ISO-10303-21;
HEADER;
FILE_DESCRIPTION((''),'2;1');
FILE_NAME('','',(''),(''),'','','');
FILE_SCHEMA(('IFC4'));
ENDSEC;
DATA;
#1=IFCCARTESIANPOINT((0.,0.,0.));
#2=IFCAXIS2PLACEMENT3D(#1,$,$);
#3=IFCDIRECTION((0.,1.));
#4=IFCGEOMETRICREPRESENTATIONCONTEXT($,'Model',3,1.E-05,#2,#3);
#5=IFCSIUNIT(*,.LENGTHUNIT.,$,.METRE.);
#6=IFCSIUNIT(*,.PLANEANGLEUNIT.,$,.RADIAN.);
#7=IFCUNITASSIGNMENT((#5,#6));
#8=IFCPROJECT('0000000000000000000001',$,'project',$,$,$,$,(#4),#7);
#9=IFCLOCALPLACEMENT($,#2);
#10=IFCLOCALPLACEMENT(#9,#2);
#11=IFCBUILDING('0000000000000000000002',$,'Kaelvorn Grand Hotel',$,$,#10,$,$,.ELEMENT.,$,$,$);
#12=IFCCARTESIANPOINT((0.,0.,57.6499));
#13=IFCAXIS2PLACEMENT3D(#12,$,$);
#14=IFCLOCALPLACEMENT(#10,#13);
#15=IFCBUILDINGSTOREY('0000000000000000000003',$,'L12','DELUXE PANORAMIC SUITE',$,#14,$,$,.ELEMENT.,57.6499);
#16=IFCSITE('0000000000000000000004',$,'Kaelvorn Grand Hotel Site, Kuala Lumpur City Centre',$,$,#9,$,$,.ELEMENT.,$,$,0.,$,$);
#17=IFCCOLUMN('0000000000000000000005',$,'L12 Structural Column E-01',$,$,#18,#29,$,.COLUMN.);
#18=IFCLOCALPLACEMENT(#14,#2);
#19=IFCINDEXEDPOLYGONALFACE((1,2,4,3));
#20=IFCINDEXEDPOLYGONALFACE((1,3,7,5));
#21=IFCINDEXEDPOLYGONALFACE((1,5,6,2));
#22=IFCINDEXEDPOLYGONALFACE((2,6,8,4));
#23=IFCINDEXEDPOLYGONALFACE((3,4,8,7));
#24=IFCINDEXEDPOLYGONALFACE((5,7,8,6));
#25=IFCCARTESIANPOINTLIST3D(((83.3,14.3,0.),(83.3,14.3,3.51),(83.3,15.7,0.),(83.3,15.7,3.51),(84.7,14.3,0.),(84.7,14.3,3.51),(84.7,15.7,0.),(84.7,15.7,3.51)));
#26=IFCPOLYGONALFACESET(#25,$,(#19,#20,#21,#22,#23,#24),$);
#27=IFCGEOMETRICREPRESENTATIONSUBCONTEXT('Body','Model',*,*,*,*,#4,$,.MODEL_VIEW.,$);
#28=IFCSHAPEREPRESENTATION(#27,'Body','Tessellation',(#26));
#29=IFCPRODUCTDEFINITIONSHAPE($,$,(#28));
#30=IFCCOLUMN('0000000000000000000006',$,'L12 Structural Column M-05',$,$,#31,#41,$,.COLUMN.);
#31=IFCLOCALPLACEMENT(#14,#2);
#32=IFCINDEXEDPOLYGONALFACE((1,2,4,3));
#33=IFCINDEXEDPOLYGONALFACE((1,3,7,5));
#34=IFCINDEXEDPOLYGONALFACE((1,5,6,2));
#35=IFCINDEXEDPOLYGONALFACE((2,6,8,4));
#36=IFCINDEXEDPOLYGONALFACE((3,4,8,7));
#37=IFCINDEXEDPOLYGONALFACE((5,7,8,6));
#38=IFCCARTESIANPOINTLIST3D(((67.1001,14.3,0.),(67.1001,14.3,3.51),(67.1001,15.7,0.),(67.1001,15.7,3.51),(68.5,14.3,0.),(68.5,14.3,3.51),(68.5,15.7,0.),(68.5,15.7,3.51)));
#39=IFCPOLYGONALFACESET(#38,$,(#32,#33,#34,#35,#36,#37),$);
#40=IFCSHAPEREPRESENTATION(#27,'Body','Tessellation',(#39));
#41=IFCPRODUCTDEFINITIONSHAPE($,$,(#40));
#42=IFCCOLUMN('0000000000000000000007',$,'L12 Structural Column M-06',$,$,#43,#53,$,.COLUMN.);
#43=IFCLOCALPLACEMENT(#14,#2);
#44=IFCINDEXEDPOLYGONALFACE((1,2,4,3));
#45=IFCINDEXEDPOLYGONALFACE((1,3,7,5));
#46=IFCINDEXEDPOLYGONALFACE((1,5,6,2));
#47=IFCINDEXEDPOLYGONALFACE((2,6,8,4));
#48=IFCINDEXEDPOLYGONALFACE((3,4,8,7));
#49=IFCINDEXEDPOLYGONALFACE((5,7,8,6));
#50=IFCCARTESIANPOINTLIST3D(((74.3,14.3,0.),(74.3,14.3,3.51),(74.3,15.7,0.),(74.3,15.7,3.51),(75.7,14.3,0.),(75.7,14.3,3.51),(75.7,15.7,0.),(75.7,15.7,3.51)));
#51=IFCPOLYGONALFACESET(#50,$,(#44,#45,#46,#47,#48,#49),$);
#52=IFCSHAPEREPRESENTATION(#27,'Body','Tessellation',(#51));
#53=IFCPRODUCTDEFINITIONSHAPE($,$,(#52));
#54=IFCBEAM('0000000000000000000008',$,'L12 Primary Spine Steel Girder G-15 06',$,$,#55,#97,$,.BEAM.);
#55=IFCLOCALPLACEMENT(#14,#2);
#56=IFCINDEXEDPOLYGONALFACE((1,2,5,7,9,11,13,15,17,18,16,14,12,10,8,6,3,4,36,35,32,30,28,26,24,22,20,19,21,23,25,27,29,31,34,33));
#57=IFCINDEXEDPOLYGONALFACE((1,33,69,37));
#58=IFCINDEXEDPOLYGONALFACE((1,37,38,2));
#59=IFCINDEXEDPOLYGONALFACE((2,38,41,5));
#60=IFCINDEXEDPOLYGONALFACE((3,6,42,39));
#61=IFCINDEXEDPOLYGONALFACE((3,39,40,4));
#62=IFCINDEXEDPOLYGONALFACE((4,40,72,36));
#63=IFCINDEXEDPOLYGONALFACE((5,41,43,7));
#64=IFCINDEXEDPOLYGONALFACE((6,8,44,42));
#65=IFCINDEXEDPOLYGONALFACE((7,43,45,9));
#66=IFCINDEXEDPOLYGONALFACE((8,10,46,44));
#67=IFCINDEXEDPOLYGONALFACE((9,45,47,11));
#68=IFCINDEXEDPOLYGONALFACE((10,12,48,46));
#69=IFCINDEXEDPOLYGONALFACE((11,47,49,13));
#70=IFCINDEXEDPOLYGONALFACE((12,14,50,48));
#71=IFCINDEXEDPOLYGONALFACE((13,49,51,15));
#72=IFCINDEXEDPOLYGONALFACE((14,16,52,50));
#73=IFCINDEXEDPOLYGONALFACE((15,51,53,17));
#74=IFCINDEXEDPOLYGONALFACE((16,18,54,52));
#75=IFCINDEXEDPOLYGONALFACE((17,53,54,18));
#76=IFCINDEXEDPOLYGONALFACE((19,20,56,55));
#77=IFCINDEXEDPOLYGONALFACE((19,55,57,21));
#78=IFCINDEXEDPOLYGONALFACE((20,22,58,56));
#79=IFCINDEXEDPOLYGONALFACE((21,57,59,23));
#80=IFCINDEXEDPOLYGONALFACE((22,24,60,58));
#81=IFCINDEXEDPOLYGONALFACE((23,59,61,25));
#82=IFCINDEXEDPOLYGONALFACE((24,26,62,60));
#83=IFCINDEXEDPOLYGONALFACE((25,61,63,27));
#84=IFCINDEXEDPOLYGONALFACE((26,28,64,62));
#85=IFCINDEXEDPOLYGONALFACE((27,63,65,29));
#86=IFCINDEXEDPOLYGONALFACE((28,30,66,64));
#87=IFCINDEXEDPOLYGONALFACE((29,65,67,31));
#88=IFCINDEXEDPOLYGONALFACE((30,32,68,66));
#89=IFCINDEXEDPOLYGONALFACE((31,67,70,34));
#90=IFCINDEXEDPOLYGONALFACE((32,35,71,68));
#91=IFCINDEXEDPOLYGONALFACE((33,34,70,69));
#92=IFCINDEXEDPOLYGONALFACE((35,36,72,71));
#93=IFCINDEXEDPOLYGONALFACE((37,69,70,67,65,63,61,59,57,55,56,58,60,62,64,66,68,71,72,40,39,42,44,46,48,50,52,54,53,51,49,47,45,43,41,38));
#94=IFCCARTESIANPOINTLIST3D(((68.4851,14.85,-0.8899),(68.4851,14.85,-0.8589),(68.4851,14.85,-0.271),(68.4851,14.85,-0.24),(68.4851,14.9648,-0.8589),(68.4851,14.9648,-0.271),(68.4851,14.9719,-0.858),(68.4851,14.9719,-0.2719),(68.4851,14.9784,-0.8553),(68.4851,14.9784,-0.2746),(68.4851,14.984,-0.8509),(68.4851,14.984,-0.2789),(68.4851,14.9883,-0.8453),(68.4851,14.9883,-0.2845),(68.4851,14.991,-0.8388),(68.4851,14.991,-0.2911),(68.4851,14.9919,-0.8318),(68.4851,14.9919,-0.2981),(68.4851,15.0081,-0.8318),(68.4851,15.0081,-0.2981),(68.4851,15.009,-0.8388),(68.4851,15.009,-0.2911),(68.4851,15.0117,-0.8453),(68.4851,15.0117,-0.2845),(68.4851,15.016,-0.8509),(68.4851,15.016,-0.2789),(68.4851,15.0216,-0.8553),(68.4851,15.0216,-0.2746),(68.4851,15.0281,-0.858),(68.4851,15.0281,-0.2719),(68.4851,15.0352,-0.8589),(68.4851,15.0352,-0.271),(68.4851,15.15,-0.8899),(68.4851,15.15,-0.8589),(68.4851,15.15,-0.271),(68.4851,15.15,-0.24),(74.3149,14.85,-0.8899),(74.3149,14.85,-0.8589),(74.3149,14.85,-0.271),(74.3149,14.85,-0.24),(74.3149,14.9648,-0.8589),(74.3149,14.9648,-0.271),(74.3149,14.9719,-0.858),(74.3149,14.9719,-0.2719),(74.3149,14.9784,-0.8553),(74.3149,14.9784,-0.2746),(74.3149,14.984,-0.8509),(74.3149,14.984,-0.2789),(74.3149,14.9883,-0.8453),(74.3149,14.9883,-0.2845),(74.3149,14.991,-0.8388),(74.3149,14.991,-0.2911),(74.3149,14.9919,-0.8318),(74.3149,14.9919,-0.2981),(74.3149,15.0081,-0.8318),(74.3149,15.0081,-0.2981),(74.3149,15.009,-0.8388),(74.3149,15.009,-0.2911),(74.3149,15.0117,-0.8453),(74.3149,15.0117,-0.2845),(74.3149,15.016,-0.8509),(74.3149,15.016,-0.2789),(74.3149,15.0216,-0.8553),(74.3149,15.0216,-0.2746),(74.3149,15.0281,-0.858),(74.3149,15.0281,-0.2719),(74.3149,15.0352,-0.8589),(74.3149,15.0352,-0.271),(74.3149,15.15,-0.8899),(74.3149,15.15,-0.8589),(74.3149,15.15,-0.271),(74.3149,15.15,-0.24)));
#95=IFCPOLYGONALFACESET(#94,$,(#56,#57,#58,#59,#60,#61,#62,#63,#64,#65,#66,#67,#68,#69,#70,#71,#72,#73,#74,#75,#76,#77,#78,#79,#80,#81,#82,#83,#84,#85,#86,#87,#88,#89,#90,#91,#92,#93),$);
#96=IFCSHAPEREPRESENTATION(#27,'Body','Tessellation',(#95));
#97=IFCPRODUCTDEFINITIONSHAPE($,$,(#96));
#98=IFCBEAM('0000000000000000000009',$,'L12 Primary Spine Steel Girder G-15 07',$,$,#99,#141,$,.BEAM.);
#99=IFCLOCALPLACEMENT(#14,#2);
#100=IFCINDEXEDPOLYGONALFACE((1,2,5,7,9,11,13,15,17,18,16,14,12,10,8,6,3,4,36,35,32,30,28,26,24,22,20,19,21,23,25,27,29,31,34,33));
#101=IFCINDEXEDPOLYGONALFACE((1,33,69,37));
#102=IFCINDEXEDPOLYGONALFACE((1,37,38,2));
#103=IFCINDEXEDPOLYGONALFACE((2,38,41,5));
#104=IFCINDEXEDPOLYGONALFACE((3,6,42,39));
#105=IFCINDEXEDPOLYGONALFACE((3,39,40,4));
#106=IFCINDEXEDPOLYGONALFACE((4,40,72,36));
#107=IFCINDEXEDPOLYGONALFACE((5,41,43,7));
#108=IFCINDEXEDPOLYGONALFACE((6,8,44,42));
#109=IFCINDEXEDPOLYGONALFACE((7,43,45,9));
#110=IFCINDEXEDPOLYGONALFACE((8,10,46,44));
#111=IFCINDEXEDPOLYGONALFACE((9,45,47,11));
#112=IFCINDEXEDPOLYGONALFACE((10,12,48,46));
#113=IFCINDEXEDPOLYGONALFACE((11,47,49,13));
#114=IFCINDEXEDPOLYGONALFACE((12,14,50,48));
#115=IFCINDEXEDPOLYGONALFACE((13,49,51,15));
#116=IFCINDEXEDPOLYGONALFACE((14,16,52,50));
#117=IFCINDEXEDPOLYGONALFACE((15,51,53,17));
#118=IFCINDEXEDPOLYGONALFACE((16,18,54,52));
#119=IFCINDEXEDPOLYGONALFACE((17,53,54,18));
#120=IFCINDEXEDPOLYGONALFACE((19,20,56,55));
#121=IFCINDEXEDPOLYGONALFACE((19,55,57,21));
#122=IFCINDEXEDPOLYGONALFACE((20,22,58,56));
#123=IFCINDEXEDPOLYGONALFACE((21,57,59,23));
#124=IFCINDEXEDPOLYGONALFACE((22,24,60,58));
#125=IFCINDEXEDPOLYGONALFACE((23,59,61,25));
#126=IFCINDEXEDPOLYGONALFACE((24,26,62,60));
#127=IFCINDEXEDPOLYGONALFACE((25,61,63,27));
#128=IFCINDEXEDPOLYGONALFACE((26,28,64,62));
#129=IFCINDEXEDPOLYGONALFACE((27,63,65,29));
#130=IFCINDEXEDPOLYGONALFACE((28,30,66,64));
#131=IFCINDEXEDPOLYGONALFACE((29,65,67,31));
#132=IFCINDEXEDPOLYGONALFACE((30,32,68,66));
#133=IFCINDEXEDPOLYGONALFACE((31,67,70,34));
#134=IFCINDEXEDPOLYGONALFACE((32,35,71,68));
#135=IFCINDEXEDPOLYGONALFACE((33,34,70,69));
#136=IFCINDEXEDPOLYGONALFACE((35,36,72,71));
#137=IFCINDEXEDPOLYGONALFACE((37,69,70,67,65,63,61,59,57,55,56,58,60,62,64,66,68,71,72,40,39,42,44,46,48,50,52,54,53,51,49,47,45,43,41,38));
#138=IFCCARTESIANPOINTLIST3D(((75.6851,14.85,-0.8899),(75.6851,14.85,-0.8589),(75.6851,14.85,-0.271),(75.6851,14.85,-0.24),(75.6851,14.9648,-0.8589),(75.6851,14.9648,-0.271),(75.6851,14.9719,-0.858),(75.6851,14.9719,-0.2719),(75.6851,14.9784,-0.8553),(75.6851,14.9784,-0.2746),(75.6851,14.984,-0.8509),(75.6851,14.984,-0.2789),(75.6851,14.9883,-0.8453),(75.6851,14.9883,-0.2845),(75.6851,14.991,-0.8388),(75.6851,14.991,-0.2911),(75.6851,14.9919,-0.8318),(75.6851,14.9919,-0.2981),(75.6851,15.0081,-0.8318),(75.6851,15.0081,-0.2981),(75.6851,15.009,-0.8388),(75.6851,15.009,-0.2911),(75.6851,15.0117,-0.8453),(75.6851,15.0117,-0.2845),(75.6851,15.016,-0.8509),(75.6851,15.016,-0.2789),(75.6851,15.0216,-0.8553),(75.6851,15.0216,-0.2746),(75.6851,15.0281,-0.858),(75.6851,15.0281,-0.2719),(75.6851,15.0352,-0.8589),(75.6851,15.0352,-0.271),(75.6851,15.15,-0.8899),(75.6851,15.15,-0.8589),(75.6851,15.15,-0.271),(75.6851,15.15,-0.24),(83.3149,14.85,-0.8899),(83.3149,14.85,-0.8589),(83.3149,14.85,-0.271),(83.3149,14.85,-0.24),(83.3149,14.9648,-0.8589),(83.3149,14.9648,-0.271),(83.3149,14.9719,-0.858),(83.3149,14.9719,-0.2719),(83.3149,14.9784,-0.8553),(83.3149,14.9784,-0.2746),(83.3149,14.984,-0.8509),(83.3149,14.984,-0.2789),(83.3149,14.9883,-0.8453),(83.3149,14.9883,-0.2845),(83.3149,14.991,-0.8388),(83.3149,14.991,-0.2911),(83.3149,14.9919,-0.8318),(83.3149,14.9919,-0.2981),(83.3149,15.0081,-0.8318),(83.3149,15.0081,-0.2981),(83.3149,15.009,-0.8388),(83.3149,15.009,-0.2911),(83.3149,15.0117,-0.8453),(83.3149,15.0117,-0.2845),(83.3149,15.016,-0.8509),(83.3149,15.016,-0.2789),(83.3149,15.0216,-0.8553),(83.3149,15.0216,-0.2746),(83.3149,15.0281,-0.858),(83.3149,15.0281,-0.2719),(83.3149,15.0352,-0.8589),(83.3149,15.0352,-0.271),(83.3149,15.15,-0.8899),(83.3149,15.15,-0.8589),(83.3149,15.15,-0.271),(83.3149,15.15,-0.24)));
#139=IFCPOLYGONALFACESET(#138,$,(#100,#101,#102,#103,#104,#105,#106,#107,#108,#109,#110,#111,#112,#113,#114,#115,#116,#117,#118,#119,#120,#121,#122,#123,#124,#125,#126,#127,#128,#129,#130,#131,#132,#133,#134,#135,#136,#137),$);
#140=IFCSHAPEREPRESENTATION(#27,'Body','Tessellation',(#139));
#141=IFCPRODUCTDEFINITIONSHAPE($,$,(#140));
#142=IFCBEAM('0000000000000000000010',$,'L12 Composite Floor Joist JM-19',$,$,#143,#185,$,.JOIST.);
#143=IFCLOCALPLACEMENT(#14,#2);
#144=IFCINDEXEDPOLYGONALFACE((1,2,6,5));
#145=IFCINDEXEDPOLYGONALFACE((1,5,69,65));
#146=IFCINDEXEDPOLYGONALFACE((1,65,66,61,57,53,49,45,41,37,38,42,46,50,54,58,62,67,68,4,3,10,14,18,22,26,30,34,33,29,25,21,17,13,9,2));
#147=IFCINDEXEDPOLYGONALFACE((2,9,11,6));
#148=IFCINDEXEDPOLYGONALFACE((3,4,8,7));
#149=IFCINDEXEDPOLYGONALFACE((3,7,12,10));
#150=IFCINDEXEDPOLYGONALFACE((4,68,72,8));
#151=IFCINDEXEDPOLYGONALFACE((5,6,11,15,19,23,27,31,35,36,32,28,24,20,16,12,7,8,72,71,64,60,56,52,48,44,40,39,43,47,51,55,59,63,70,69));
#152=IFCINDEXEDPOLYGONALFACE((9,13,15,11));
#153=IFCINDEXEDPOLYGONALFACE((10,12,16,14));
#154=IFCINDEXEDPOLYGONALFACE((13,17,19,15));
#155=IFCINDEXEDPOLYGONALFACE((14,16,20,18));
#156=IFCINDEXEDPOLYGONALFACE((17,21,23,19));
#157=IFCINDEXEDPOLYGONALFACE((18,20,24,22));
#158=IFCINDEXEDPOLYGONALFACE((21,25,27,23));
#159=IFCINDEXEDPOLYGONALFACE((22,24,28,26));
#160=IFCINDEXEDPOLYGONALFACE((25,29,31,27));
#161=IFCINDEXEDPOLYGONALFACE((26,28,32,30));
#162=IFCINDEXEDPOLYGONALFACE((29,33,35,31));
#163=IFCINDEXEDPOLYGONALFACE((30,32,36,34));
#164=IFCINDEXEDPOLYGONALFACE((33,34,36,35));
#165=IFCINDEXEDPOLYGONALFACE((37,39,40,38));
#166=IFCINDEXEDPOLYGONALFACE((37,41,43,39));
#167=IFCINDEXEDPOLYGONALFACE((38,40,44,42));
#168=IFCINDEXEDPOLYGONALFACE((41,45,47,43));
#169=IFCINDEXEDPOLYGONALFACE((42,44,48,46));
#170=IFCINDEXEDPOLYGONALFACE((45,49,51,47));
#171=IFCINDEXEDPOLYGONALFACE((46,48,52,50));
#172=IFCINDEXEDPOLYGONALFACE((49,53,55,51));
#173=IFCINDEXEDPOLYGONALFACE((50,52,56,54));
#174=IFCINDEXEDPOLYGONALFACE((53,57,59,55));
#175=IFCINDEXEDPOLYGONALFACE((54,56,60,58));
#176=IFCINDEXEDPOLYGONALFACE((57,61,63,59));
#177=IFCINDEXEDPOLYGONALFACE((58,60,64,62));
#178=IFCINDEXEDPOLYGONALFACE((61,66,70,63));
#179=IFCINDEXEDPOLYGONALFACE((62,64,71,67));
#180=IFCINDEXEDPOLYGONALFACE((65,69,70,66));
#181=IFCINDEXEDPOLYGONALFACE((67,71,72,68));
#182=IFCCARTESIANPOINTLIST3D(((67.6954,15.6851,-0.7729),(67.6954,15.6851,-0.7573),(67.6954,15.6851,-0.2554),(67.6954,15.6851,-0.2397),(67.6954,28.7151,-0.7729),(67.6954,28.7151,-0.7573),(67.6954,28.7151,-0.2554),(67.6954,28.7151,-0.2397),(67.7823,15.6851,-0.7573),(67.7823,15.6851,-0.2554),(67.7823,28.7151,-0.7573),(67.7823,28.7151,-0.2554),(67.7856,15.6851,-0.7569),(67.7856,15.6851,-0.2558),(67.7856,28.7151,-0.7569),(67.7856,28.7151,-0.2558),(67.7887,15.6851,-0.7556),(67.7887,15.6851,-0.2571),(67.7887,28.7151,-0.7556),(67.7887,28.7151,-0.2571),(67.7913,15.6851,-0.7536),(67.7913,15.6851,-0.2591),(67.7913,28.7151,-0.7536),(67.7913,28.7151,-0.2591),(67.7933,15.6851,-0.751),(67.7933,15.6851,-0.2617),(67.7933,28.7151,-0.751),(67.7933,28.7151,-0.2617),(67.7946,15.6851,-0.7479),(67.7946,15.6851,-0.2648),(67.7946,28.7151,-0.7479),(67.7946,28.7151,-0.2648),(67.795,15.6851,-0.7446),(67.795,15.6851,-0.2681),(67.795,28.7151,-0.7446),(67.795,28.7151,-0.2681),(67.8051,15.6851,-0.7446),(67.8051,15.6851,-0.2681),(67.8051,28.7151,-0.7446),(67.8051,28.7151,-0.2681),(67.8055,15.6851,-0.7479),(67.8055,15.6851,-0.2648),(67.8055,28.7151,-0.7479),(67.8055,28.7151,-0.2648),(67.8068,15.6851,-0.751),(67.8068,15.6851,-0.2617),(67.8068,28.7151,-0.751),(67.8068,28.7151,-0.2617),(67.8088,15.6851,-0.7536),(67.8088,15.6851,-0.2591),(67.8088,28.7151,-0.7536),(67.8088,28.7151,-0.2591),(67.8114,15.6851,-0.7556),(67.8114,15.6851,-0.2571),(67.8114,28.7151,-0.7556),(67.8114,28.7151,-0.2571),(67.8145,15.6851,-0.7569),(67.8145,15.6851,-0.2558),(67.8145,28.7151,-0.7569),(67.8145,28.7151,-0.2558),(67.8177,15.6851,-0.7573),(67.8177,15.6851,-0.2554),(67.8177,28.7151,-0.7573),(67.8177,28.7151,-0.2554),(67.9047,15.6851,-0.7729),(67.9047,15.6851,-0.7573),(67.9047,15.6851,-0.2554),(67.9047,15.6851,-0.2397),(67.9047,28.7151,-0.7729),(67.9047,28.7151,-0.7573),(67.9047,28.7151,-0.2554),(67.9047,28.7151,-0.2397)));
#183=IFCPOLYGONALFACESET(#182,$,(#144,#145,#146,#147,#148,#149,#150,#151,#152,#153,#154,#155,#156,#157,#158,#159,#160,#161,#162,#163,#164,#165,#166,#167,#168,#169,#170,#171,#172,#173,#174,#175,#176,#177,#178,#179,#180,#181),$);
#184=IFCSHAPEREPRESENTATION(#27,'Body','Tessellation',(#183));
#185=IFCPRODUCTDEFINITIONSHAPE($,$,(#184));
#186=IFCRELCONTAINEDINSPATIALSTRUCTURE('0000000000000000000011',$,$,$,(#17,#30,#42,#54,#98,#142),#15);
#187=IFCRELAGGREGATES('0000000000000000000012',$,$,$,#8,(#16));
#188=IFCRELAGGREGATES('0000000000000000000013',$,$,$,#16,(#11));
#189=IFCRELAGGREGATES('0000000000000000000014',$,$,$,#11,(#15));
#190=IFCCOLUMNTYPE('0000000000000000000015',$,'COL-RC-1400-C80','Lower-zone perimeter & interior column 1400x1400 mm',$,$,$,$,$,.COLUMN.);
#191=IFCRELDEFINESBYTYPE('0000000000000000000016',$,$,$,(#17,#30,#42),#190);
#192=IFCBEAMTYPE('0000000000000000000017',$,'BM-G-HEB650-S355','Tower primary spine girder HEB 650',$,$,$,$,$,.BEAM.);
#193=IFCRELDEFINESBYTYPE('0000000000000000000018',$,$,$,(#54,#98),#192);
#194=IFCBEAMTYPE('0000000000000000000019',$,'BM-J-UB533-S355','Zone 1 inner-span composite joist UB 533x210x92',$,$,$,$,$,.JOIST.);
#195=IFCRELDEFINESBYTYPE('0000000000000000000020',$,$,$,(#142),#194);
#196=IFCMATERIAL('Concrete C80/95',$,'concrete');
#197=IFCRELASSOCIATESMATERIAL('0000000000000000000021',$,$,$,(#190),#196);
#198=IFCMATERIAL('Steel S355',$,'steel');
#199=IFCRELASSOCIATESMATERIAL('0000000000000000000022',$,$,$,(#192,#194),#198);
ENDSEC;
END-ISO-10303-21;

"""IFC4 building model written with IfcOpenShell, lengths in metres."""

from ifc_helpers import new_model, si_unit, direction, frame, origin, origin_2d, place, context, subcontext, project, spatial, rectangle, i_section, extrude, material, material_profile, profile_set, type_object, element, save


model = new_model("IFC4")

# Units and contexts
model_context = context("Model", 3, precision=1e-05, world=origin(), true_north=direction((0.0, 1.0)))
body_context = subcontext(model_context, "Body", "Model", "MODEL_VIEW")
ifc_project = project(units=[si_unit("LENGTHUNIT", "METRE"), si_unit("PLANEANGLEUNIT", "RADIAN")], contexts=[model_context])

# Site, building, storey
site_placement = place(None, origin())
site = spatial("IfcSite", under=ifc_project, at=site_placement, Name="Kaelvorn Grand Hotel Site, Kuala Lumpur City Centre", CompositionType="ELEMENT", RefElevation=0.0)
building_placement = place(site_placement, origin())
building = spatial("IfcBuilding", under=site, at=building_placement, Name="Kaelvorn Grand Hotel", CompositionType="ELEMENT")
storey_placement = place(building_placement, frame((0.0, 0.0, 57.6499)))
storey = spatial("IfcBuildingStorey", under=building, at=storey_placement, Name="L12", Description="DELUXE PANORAMIC SUITE", CompositionType="ELEMENT", Elevation=57.6499)

# Columns
ifc_material_1 = material(Name="Concrete C80/95", Category="concrete")
ifc_material_profile_1 = material_profile(ifc_material_1, rectangle(XDim=1.3999, YDim=1.3999, at=origin_2d()), Name="RC COL 1400x1400")
ifc_profile_set_1 = profile_set([ifc_material_profile_1], Name="Concrete C80/95")
column_type = type_object("IfcColumnType", Name="COL-RC-1400-C80", Description="Lower-zone perimeter & interior column 1400x1400 mm", PredefinedType="COLUMN", material=ifc_profile_set_1)
for number, where, z_axis, x_axis, name in (
    (1, (84.0, 15.0, 0.0), (0.0, 0.0, 1.0), (1.0, 0.0, 0.0), "L12 Structural Column E-01"),
    (2, (67.8, 15.0, 0.0), (0.0, 0.0, 1.0), (1.0, 0.0, 0.0), "L12 Structural Column M-05"),
    (3, (75.0, 15.0, 0.0), (0.0, 0.0, 1.0), (1.0, 0.0, 0.0), "L12 Structural Column M-06"),
):
    element("IfcColumn", number, at=place(storey_placement, frame(where, z_axis=z_axis, x_axis=x_axis)), inside=storey, type_object=column_type, Name=name, PredefinedType="COLUMN", context=body_context, shape_type="SweptSolid", body=[
        extrude(rectangle(XDim=1.3999, YDim=1.3999, at=origin_2d()), origin(), (0.0, 0.0, 1.0), 3.51),
    ])

# Beams
ifc_material_2 = material(Name="Steel S355", Category="steel")
ifc_material_profile_2 = material_profile(ifc_material_2, i_section(OverallWidth=0.3, OverallDepth=0.6499, WebThickness=0.0161, FlangeThickness=0.031, FilletRadius=0.0271, at=origin_2d()), Name="HEB 650")
ifc_profile_set_2 = profile_set([ifc_material_profile_2], Name="Steel S355")
beam_type_1 = type_object("IfcBeamType", Name="BM-G-HEB650-S355", Description="Tower primary spine girder HEB 650", PredefinedType="BEAM", material=ifc_profile_set_2)
beam_1_placement = place(storey_placement, frame((68.4851, 15.0, -0.5649), z_axis=(1.0, 0.0, 0.0), x_axis=(0.0, 1.0, 0.0)))
element("IfcBeam", 4, at=beam_1_placement, inside=storey, type_object=beam_type_1, Name="L12 Primary Spine Steel Girder G-15 06", PredefinedType="BEAM", context=body_context, shape_type="SweptSolid", body=[
    extrude(i_section(OverallWidth=0.3, OverallDepth=0.6499, WebThickness=0.0161, FlangeThickness=0.031, FilletRadius=0.0271, at=origin_2d()), origin(), (0.0, 0.0, 1.0), 5.8298),
])
beam_2_placement = place(storey_placement, frame((75.6851, 15.0, -0.5649), z_axis=(1.0, 0.0, 0.0), x_axis=(0.0, 1.0, 0.0)))
element("IfcBeam", 5, at=beam_2_placement, inside=storey, type_object=beam_type_1, Name="L12 Primary Spine Steel Girder G-15 07", PredefinedType="BEAM", context=body_context, shape_type="SweptSolid", body=[
    extrude(i_section(OverallWidth=0.3, OverallDepth=0.6499, WebThickness=0.0161, FlangeThickness=0.031, FilletRadius=0.0271, at=origin_2d()), origin(), (0.0, 0.0, 1.0), 7.6299),
])
ifc_material_profile_3 = material_profile(ifc_material_2, i_section(OverallWidth=0.2092, OverallDepth=0.5332, WebThickness=0.01, FlangeThickness=0.0156, FilletRadius=0.0127, at=origin_2d()), Name="UB 533x210x92")
ifc_profile_set_3 = profile_set([ifc_material_profile_3], Name="Steel S355")
beam_type_2 = type_object("IfcBeamType", Name="BM-J-UB533-S355", Description="Zone 1 inner-span composite joist UB 533x210x92", PredefinedType="JOIST", material=ifc_profile_set_3)
beam_3_placement = place(storey_placement, frame((67.8, 15.6851, -0.5063), z_axis=(0.0, 1.0, 0.0), x_axis=(-1.0, 0.0, 0.0)))
element("IfcBeam", 6, at=beam_3_placement, inside=storey, type_object=beam_type_2, Name="L12 Composite Floor Joist JM-19", PredefinedType="JOIST", context=body_context, shape_type="SweptSolid", body=[
    extrude(i_section(OverallWidth=0.2092, OverallDepth=0.5332, WebThickness=0.01, FlangeThickness=0.0156, FilletRadius=0.0127, at=origin_2d()), origin(), (0.0, 0.0, 1.0), 13.03),
])

save(model, "model.ifc")
